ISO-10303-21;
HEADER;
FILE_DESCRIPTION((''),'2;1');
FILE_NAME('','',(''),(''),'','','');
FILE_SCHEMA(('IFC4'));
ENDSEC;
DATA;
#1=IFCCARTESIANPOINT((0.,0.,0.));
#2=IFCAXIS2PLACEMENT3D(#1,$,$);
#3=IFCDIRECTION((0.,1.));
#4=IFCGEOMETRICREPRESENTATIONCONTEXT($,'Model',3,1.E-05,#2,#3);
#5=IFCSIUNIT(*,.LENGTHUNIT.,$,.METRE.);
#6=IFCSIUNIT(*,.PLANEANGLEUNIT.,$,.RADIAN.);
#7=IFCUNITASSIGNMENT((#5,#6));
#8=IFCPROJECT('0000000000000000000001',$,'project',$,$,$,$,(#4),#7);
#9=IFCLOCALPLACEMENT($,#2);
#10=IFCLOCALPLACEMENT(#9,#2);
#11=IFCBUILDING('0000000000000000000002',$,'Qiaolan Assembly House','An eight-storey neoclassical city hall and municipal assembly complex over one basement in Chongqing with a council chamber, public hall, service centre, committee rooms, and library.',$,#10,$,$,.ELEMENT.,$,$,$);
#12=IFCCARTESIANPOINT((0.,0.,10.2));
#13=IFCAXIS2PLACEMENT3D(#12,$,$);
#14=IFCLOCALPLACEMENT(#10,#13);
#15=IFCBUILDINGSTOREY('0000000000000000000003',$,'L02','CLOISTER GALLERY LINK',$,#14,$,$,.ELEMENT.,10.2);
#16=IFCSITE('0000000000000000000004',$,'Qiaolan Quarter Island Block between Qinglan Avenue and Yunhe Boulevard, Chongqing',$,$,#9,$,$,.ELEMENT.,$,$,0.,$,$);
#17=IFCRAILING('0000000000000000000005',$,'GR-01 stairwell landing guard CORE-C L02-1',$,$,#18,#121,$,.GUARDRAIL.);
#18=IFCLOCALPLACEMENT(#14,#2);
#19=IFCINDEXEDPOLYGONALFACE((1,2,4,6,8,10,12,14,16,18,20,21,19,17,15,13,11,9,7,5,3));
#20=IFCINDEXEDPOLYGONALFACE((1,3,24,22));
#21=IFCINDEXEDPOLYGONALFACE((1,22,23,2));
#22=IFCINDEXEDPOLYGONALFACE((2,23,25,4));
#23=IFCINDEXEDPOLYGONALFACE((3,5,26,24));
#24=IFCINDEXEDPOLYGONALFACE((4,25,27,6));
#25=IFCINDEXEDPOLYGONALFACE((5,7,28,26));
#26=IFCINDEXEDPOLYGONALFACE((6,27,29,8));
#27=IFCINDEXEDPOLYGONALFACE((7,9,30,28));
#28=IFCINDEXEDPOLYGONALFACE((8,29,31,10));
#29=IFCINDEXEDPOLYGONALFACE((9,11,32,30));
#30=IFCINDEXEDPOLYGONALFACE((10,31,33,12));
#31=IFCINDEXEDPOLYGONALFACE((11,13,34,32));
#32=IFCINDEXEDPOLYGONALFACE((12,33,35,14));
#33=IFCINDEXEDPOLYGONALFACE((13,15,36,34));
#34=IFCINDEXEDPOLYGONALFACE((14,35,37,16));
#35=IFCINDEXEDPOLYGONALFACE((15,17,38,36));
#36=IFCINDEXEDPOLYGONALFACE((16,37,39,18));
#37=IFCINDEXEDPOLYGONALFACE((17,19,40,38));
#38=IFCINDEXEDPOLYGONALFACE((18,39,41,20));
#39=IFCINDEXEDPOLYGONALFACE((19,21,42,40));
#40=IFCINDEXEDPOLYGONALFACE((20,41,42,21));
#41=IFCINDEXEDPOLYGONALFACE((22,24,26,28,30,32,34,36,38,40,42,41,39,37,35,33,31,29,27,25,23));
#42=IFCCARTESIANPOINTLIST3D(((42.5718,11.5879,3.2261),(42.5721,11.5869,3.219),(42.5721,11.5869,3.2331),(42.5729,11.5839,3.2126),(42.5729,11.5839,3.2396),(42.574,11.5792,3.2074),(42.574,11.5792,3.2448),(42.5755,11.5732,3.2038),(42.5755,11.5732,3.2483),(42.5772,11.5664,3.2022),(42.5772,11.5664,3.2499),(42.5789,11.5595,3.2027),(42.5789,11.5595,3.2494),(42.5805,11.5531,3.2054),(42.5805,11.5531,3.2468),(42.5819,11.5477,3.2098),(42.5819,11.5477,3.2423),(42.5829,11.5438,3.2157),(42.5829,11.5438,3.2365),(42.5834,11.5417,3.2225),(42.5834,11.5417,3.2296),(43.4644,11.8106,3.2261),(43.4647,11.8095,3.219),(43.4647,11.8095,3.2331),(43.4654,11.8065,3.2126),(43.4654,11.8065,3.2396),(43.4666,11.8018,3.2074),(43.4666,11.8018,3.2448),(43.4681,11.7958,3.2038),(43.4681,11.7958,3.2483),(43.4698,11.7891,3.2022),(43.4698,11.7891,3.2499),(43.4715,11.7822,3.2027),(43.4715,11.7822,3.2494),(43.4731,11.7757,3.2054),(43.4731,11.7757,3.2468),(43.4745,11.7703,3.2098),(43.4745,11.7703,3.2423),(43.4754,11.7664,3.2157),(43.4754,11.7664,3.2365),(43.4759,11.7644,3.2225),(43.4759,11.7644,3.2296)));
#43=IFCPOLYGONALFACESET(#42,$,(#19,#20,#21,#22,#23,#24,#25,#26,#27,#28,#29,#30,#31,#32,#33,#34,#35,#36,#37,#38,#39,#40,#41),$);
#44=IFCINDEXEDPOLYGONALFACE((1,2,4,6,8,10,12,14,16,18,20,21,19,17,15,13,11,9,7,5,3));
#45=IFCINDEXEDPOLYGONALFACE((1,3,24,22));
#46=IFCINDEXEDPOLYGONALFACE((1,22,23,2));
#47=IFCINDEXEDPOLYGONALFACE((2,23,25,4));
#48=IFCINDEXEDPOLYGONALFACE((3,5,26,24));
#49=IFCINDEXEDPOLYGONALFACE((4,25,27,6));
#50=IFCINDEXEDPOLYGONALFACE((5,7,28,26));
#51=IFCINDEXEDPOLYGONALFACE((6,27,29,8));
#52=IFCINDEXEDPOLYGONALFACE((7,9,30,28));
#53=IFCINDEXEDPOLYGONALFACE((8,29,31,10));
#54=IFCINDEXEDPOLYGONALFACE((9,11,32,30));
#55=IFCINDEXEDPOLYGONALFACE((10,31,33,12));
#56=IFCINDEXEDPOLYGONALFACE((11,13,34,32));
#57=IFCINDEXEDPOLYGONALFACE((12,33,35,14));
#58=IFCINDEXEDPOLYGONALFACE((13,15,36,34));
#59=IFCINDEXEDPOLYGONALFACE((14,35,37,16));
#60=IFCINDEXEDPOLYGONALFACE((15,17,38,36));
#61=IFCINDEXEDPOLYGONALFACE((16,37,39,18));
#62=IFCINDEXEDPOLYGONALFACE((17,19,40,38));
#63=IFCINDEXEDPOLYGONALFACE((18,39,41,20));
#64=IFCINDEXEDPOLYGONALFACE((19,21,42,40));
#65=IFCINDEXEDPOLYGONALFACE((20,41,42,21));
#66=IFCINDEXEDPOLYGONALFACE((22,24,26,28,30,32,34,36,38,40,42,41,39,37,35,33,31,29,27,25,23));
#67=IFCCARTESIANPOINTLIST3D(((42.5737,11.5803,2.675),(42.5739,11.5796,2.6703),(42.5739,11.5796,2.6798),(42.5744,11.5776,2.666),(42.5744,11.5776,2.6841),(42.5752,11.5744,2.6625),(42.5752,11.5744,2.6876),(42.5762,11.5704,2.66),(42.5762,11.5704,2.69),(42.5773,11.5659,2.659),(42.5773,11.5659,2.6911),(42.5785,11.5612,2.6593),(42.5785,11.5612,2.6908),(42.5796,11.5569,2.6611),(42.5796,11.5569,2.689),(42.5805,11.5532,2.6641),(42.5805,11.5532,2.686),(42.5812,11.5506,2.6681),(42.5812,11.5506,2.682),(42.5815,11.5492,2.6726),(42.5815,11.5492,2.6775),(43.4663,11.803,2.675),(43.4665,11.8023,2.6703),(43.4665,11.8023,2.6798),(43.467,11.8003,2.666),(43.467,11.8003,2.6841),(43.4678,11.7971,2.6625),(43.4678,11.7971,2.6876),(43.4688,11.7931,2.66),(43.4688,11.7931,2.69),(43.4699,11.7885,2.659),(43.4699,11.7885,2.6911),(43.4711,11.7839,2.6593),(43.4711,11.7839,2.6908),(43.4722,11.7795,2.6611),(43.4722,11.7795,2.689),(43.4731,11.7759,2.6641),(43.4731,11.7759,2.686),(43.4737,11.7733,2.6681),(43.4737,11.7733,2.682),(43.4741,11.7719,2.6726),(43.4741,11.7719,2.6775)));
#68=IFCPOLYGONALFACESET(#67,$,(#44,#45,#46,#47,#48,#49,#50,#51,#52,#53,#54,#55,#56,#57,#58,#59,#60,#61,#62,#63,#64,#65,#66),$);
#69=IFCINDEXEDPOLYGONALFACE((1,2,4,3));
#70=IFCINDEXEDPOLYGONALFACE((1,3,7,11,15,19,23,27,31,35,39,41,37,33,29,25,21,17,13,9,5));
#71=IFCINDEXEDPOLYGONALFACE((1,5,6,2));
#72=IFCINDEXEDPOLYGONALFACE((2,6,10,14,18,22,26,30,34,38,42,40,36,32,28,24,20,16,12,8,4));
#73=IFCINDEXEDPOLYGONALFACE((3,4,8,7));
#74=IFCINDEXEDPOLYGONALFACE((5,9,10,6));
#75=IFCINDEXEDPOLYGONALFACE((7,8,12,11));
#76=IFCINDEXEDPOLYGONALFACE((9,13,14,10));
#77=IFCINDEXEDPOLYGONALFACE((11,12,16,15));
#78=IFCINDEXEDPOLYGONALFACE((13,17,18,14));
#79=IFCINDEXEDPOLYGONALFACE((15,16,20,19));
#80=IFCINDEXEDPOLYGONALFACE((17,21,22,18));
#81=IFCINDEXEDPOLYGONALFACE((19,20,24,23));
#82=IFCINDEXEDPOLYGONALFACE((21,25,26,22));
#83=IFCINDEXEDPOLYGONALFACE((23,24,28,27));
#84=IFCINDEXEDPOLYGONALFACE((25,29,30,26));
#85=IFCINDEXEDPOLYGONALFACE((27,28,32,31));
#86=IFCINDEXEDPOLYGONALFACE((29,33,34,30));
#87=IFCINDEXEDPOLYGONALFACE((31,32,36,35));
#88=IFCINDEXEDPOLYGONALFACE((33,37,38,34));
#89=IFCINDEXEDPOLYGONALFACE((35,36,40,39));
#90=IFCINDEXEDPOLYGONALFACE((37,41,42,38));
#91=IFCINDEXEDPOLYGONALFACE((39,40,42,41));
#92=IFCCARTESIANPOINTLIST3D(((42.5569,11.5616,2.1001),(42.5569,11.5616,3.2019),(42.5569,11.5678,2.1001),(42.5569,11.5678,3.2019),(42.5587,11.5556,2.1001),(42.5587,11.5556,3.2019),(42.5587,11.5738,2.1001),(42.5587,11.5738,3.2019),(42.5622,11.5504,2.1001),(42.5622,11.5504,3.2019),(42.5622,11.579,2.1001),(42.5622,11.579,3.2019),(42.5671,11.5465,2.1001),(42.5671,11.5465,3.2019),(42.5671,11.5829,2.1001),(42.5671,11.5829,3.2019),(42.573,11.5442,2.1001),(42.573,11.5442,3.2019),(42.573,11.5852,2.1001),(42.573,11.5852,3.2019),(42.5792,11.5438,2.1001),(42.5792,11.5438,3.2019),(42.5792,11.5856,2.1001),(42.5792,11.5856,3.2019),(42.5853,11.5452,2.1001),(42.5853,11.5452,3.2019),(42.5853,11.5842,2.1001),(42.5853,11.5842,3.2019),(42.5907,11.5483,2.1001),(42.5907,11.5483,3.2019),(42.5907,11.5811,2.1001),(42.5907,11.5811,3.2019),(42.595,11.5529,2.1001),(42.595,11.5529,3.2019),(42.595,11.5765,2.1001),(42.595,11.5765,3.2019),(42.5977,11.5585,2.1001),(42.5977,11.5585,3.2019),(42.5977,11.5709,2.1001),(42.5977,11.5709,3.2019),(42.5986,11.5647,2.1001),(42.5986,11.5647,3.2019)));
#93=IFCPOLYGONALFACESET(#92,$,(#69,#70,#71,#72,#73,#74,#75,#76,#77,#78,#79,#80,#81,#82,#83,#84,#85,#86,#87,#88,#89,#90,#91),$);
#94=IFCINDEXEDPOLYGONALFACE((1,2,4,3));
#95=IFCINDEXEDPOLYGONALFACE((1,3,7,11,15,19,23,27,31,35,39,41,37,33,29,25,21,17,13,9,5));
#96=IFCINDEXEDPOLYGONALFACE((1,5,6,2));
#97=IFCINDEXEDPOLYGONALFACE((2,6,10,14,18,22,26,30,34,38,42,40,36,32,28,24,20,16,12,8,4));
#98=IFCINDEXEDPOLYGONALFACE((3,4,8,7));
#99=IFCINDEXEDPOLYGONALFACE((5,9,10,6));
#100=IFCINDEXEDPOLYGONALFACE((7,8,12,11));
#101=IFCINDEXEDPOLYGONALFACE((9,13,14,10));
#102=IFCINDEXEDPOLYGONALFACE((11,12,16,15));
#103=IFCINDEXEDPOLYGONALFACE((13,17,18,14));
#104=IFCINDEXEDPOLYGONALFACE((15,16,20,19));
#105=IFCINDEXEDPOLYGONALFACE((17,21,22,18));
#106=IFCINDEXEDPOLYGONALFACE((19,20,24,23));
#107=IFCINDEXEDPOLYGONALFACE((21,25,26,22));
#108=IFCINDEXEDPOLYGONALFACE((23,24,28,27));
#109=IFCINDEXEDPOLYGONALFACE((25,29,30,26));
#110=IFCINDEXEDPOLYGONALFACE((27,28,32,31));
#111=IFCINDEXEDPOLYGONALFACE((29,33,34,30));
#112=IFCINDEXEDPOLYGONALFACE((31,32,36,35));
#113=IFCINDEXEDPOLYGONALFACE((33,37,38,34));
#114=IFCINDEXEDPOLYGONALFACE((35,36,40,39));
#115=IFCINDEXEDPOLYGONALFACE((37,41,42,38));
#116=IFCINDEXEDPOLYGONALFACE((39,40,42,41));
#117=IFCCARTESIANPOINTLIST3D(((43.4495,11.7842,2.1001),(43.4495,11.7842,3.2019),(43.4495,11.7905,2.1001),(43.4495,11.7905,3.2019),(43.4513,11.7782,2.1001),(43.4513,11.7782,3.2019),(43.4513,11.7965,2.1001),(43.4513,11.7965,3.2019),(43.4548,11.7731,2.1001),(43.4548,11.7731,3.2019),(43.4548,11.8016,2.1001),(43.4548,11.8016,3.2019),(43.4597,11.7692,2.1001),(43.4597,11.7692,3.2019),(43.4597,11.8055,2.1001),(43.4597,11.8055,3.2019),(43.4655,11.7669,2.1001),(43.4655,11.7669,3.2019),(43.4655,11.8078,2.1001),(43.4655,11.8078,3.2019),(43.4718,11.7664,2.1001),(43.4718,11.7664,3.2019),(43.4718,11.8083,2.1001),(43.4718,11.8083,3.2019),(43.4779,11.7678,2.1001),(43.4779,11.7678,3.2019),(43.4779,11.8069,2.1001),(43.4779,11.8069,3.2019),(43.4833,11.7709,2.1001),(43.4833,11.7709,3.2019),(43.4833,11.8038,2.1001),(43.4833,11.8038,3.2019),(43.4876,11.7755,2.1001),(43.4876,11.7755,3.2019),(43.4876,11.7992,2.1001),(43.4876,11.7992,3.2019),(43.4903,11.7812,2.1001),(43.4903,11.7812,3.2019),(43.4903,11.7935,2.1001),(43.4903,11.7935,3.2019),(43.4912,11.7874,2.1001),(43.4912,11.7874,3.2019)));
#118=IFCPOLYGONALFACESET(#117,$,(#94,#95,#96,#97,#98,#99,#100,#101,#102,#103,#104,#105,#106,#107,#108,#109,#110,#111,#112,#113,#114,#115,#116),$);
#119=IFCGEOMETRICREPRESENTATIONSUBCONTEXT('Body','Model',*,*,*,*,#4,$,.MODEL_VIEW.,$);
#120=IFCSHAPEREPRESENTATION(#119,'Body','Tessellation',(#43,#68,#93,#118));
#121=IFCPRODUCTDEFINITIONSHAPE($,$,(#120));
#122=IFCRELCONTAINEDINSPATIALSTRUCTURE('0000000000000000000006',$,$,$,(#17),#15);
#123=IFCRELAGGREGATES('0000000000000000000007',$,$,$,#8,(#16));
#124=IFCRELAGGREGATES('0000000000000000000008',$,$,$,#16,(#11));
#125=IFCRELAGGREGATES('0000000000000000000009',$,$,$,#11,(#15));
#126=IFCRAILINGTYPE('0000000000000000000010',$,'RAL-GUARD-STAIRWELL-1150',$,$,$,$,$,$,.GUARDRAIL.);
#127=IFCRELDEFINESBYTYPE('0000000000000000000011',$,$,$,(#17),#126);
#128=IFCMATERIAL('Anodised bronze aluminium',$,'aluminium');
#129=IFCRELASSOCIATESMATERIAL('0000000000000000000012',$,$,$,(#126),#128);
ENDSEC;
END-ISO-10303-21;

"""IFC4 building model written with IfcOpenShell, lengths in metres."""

from ifc_helpers import new_model, si_unit, direction, frame, origin, origin_2d, place, context, subcontext, project, spatial, circle, extrude, material, type_object, element, save


model = new_model("IFC4")

# Units and contexts
model_context = context("Model", 3, precision=1e-05, world=origin(), true_north=direction((0.0, 1.0)))
body_context = subcontext(model_context, "Body", "Model", "MODEL_VIEW")
ifc_project = project(units=[si_unit("LENGTHUNIT", "METRE"), si_unit("PLANEANGLEUNIT", "RADIAN")], contexts=[model_context])

# Site, building, storey
site_placement = place(None, origin())
site = spatial("IfcSite", under=ifc_project, at=site_placement, Name="Qiaolan Quarter Island Block between Qinglan Avenue and Yunhe Boulevard, Chongqing", CompositionType="ELEMENT", RefElevation=0.0)
building_placement = place(site_placement, origin())
building = spatial("IfcBuilding", under=site, at=building_placement, Name="Qiaolan Assembly House", Description="An eight-storey neoclassical city hall and municipal assembly complex over one basement in Chongqing with a council chamber, public hall, service centre, committee rooms, and library.", CompositionType="ELEMENT")
storey_placement = place(building_placement, frame((0.0, 0.0, 10.2)))
storey = spatial("IfcBuildingStorey", under=building, at=storey_placement, Name="L02", Description="CLOISTER GALLERY LINK", CompositionType="ELEMENT", Elevation=10.2)

# Railing
ifc_material_1 = material(Name="Anodised bronze aluminium", Category="aluminium")
railing_type_1 = type_object("IfcRailingType", Name="RAL-GUARD-STAIRWELL-1150", PredefinedType="GUARDRAIL", material=ifc_material_1)
railing_1_placement = place(storey_placement, frame((42.5776, 11.5647, 2.1001)))
element("IfcRailing", 1, at=railing_1_placement, inside=storey, type_object=railing_type_1, Name="GR-01 stairwell landing guard CORE-C L02-1", PredefinedType="GUARDRAIL", context=body_context, shape_type="SweptSolid", body=[
    extrude(circle(Radius=0.0239, at=origin_2d()), frame((0.0, 0.0, 1.126), z_axis=(0.970267, 0.242036, 0.0), x_axis=(-0.242036, 0.970267, 0.0)), (0.0, 0.0, 1.0), 0.9199),
    extrude(circle(Radius=0.0161, at=origin_2d()), frame((0.0, 0.0, 0.575), z_axis=(0.970267, 0.242036, 0.0), x_axis=(-0.242036, 0.970267, 0.0)), (0.0, 0.0, 1.0), 0.9199),
    extrude(circle(Radius=0.021, at=origin_2d()), origin(), (0.0, 0.0, 1.0), 1.1018),
    extrude(circle(Radius=0.021, at=origin_2d()), frame((0.8926, 0.2227, 0.0)), (0.0, 0.0, 1.0), 1.1018),
])

save(model, "model.ifc")
